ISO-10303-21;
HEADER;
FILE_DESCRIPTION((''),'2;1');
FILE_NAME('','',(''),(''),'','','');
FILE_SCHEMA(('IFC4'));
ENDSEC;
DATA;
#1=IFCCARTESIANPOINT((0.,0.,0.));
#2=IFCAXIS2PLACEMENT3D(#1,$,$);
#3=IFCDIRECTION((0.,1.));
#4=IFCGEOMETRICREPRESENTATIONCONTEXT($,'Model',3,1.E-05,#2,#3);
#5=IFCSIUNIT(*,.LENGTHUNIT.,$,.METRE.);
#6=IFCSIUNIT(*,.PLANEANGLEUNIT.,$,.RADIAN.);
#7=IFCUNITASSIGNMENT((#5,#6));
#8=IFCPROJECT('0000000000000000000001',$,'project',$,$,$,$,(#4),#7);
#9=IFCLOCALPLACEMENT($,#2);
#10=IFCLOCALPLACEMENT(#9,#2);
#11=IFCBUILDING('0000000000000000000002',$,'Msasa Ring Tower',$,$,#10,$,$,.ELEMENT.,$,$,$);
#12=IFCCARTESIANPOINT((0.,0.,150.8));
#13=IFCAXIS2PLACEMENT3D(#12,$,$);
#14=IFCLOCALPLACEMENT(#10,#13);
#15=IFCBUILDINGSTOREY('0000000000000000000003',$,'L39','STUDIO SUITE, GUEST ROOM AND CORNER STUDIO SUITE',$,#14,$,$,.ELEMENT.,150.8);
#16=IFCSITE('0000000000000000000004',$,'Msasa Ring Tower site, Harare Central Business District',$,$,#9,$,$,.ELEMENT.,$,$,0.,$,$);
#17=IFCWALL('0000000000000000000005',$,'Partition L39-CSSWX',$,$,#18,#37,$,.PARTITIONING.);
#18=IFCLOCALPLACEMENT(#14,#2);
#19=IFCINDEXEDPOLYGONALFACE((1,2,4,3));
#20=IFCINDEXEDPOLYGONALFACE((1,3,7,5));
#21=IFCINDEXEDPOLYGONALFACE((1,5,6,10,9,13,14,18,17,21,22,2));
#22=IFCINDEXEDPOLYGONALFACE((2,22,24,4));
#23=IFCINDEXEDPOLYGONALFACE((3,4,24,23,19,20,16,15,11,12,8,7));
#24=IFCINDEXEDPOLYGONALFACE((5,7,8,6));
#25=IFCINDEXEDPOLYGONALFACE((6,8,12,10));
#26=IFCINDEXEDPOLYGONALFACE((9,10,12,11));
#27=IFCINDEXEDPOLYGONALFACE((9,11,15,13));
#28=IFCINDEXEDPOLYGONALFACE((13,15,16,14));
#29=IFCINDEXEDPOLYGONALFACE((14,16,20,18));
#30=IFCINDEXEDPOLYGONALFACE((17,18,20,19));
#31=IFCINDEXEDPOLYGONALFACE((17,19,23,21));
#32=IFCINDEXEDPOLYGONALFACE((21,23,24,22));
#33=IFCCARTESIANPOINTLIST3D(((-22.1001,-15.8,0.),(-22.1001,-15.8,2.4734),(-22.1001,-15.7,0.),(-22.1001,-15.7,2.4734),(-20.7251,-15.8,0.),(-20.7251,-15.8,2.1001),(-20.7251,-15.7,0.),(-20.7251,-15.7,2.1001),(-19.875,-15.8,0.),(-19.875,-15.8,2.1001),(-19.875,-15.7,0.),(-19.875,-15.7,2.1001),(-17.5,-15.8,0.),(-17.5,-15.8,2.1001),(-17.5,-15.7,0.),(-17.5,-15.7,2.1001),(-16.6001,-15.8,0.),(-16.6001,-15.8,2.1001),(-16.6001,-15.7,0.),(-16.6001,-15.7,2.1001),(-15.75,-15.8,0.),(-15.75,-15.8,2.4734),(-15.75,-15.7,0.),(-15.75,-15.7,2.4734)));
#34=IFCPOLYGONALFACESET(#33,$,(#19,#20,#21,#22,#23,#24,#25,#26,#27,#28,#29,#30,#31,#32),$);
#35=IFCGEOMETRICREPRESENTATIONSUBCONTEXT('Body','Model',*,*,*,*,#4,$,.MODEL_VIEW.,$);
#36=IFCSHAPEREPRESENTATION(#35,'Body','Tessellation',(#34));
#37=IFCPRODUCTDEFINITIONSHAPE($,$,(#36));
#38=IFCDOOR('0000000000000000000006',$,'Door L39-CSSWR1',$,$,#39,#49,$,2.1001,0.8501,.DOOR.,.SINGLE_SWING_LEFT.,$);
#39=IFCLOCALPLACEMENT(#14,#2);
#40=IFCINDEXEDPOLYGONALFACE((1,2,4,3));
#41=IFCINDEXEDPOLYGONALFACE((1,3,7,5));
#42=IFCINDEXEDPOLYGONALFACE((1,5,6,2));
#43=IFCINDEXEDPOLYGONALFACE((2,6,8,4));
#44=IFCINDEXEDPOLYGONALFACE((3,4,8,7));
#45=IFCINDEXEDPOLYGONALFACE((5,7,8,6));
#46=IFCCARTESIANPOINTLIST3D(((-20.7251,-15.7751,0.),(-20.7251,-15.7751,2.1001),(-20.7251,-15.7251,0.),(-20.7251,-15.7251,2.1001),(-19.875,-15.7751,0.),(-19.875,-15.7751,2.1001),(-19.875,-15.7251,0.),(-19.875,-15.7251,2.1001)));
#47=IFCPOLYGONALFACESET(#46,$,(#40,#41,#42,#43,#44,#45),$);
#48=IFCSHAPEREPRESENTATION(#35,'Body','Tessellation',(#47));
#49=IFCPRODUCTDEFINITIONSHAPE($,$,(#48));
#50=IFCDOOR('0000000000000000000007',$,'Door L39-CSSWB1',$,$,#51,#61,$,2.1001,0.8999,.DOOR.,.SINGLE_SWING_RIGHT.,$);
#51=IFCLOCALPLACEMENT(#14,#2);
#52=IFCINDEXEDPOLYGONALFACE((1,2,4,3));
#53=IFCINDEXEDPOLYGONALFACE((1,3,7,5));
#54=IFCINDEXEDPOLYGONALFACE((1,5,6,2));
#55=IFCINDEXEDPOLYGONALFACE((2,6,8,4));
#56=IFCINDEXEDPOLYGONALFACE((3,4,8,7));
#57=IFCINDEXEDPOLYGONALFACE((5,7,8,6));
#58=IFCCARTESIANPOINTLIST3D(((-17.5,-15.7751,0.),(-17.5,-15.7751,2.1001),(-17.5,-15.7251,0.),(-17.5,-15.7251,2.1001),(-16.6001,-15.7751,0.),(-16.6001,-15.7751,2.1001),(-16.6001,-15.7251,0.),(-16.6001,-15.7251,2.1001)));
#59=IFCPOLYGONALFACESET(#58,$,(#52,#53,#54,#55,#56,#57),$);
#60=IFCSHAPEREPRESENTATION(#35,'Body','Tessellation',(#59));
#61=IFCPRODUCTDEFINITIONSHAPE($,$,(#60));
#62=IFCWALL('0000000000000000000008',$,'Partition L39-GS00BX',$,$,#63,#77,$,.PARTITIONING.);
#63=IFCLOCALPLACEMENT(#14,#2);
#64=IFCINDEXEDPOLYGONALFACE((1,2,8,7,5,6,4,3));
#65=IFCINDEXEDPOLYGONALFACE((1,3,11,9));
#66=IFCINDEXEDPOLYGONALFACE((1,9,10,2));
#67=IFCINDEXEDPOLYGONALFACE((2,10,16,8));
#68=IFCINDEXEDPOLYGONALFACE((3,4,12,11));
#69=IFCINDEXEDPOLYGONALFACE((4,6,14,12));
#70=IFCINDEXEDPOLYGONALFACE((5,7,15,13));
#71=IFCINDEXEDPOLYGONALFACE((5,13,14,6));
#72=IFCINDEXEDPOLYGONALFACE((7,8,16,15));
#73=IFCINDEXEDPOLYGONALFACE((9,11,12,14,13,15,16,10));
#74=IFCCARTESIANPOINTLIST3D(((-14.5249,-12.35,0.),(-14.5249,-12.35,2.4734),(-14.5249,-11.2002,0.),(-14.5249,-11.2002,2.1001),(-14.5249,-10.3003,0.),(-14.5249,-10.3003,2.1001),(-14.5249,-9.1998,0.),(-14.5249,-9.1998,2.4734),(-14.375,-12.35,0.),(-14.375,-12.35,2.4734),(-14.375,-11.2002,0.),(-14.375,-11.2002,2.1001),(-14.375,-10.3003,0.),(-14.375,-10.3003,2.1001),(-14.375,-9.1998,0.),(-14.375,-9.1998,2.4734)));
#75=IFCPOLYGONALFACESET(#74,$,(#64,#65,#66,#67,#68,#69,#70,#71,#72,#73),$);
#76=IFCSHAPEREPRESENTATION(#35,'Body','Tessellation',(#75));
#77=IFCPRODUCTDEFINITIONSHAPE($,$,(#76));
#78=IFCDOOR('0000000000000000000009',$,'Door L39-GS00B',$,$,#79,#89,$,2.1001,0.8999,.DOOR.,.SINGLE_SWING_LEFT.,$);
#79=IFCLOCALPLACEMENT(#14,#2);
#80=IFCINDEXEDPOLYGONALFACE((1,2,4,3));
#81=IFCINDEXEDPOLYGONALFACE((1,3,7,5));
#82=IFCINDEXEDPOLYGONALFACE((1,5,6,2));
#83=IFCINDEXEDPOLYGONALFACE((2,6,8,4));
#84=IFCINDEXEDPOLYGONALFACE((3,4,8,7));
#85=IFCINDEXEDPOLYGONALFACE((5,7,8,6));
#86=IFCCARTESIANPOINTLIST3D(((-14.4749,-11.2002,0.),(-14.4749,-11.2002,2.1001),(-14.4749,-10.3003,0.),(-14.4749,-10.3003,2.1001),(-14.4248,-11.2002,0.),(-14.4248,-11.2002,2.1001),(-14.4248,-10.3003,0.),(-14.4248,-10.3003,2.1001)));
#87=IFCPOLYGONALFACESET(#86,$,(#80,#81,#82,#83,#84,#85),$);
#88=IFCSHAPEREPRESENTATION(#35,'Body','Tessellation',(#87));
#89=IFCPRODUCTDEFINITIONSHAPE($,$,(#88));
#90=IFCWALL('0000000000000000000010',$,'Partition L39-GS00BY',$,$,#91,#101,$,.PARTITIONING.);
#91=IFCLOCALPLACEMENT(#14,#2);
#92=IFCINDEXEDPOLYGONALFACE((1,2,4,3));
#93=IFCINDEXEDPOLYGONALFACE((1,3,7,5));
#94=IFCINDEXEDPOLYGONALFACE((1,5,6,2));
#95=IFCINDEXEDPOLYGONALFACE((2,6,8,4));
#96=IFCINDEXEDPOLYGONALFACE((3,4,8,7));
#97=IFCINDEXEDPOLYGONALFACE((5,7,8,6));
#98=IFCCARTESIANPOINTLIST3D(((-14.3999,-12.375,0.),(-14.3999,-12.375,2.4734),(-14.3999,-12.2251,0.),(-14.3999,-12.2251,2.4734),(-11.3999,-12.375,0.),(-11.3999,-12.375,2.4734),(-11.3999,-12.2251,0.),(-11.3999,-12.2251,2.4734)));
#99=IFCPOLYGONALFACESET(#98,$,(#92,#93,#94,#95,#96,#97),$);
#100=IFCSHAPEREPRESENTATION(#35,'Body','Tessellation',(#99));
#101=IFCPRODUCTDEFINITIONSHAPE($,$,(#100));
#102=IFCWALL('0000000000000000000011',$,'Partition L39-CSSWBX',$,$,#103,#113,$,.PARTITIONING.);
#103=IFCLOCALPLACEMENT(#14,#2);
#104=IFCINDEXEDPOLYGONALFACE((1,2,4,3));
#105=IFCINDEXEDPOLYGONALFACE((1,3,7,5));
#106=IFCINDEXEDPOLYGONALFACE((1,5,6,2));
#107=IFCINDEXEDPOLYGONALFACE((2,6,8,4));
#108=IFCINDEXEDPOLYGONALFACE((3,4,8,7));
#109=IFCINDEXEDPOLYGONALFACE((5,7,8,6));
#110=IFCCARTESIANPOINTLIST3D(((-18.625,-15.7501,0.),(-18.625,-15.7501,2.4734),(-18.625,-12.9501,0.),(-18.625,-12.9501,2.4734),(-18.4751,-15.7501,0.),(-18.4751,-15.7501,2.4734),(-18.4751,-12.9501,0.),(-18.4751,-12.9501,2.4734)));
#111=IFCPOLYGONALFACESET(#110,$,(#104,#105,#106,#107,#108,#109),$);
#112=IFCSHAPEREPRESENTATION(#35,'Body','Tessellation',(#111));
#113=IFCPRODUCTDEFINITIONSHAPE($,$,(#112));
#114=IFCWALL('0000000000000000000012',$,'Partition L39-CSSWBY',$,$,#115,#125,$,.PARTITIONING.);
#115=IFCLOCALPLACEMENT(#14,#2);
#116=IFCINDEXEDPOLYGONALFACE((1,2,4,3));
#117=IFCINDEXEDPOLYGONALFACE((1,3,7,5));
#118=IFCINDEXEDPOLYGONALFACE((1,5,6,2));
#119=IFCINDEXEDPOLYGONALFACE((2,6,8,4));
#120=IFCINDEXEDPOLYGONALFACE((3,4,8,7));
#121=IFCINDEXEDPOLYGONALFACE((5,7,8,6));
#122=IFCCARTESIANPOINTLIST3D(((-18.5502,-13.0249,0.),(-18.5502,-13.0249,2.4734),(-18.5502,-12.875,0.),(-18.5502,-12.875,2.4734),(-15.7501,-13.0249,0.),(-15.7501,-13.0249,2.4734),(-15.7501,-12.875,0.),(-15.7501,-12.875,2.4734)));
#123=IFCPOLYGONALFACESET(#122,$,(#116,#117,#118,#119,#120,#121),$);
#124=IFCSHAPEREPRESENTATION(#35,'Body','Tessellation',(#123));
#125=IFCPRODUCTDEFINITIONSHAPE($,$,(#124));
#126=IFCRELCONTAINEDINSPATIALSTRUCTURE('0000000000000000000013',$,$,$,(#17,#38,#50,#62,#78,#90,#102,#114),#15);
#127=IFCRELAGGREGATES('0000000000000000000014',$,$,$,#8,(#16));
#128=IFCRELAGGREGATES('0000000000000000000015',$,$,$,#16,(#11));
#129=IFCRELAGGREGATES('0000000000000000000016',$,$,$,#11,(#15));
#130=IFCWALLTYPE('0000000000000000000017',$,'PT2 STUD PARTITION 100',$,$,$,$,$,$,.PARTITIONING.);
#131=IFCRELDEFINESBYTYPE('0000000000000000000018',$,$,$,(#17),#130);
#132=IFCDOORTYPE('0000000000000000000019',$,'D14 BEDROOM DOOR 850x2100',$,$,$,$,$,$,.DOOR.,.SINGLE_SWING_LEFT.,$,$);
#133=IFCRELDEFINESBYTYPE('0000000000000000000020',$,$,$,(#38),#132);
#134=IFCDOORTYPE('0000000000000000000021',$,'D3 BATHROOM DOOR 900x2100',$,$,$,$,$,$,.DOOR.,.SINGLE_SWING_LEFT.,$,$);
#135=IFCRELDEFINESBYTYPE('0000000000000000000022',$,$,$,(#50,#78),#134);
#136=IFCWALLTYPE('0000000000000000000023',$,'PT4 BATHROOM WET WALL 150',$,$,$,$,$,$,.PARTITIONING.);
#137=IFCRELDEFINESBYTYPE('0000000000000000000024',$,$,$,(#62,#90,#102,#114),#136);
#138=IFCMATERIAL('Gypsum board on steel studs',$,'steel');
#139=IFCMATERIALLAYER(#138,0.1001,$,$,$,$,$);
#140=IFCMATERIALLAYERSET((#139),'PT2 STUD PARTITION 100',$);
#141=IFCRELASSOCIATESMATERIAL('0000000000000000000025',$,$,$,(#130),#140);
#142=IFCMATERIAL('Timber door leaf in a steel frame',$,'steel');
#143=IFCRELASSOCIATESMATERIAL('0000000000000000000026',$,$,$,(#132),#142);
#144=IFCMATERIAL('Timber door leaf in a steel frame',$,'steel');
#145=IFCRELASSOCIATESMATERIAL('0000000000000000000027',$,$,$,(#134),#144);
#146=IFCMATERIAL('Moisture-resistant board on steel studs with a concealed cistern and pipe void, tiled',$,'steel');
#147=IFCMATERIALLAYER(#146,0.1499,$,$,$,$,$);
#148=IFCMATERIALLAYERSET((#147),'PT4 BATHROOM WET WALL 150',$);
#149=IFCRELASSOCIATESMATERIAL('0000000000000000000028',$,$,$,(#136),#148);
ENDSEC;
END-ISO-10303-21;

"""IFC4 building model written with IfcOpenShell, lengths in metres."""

from ifc_helpers import new_model, si_unit, direction, frame, frame_2d, origin, place, context, subcontext, project, spatial, rectangle, extrude, material, layer, layer_set, type_object, element, fill, save


model = new_model("IFC4")

# Units and contexts
model_context = context("Model", 3, precision=1e-05, world=origin(), true_north=direction((0.0, 1.0)))
body_context = subcontext(model_context, "Body", "Model", "MODEL_VIEW")
ifc_project = project(units=[si_unit("LENGTHUNIT", "METRE"), si_unit("PLANEANGLEUNIT", "RADIAN")], contexts=[model_context])

# Site, building, storey
site_placement = place(None, origin())
site = spatial("IfcSite", under=ifc_project, at=site_placement, Name="Msasa Ring Tower site, Harare Central Business District", CompositionType="ELEMENT", RefElevation=0.0)
building_placement = place(site_placement, origin())
building = spatial("IfcBuilding", under=site, at=building_placement, Name="Msasa Ring Tower", CompositionType="ELEMENT")
storey_placement = place(building_placement, frame((0.0, 0.0, 150.8)))
storey = spatial("IfcBuildingStorey", under=building, at=storey_placement, Name="L39", Description="STUDIO SUITE, GUEST ROOM AND CORNER STUDIO SUITE", CompositionType="ELEMENT", Elevation=150.8)

# Wall, openings, doors
ifc_material_1 = material(Name="Gypsum board on steel studs", Category="steel")
ifc_layer_1 = layer(ifc_material_1, 0.1001)
ifc_layer_set_1 = layer_set([ifc_layer_1], Name="PT2 STUD PARTITION 100")
wall_type_1 = type_object("IfcWallType", Name="PT2 STUD PARTITION 100", PredefinedType="PARTITIONING", material=ifc_layer_set_1)
wall_1_placement = place(storey_placement, frame((-22.1001, -15.75, 0.0), z_axis=(0.0, 0.0, 1.0), x_axis=(1.0, 0.0, 0.0)))
wall_1 = element("IfcWall", 1, at=wall_1_placement, inside=storey, type_object=wall_type_1, Name="Partition L39-CSSWX", PredefinedType="PARTITIONING", context=body_context, shape_type="SweptSolid", body=[
    extrude(rectangle(XDim=6.3501, YDim=0.1001, at=frame_2d((3.175, 0.0))), origin(), (0.0, 0.0, 1.0), 2.4734),
])
opening_1_placement = place(wall_1_placement, frame((1.375, 0.0, 0.0)))
opening_1 = element("IfcOpeningElement", 2, at=opening_1_placement, cuts=wall_1, PredefinedType="OPENING", context=body_context, shape_type="SweptSolid", body=[
    extrude(rectangle(XDim=0.8501, YDim=2.1001, at=frame_2d((0.425, 1.05))), frame((0.0, 0.0601, 0.0), z_axis=(0.0, -1.0, 0.0), x_axis=(1.0, 0.0, 0.0)), (0.0, 0.0, 1.0), 0.1201),
])
opening_2_placement = place(wall_1_placement, frame((4.6001, 0.0, 0.0)))
opening_2 = element("IfcOpeningElement", 3, at=opening_2_placement, cuts=wall_1, PredefinedType="OPENING", context=body_context, shape_type="SweptSolid", body=[
    extrude(rectangle(XDim=0.8999, YDim=2.1001, at=frame_2d((0.45, 1.05))), frame((0.0, 0.0601, 0.0), z_axis=(0.0, -1.0, 0.0), x_axis=(1.0, 0.0, 0.0)), (0.0, 0.0, 1.0), 0.1201),
])
ifc_material_2 = material(Name="Timber door leaf in a steel frame", Category="steel")
door_type_1 = type_object("IfcDoorType", Name="D14 BEDROOM DOOR 850x2100", OperationType="SINGLE_SWING_LEFT", PredefinedType="DOOR", material=ifc_material_2)
door_1_placement = place(opening_1_placement, origin())
door_1 = element("IfcDoor", 4, at=door_1_placement, inside=storey, type_object=door_type_1, Name="Door L39-CSSWR1", OperationType="SINGLE_SWING_LEFT", OverallHeight=2.1001, OverallWidth=0.8501, PredefinedType="DOOR", context=body_context, shape_type="SweptSolid", body=[
    extrude(rectangle(XDim=0.8501, YDim=2.1001, at=frame_2d((0.425, 1.05))), frame((0.0, 0.0249, 0.0), z_axis=(0.0, -1.0, 0.0), x_axis=(1.0, 0.0, 0.0)), (0.0, 0.0, 1.0), 0.05),
])
fill(opening_1, door_1)
ifc_material_3 = material(Name="Timber door leaf in a steel frame", Category="steel")
door_type_2 = type_object("IfcDoorType", Name="D3 BATHROOM DOOR 900x2100", OperationType="SINGLE_SWING_LEFT", PredefinedType="DOOR", material=ifc_material_3)
door_2_placement = place(opening_2_placement, origin())
door_2 = element("IfcDoor", 5, at=door_2_placement, inside=storey, type_object=door_type_2, Name="Door L39-CSSWB1", OperationType="SINGLE_SWING_RIGHT", OverallHeight=2.1001, OverallWidth=0.8999, PredefinedType="DOOR", context=body_context, shape_type="SweptSolid", body=[
    extrude(rectangle(XDim=0.8999, YDim=2.1001, at=frame_2d((0.45, 1.05))), frame((0.0, 0.0249, 0.0), z_axis=(0.0, -1.0, 0.0), x_axis=(1.0, 0.0, 0.0)), (0.0, 0.0, 1.0), 0.05),
])
fill(opening_2, door_2)

# Wall, opening, door
ifc_material_4 = material(Name="Moisture-resistant board on steel studs with a concealed cistern and pipe void, tiled", Category="steel")
ifc_layer_2 = layer(ifc_material_4, 0.1499)
ifc_layer_set_2 = layer_set([ifc_layer_2], Name="PT4 BATHROOM WET WALL 150")
wall_type_2 = type_object("IfcWallType", Name="PT4 BATHROOM WET WALL 150", PredefinedType="PARTITIONING", material=ifc_layer_set_2)
wall_2_placement = place(storey_placement, frame((-14.45, -12.3501, 0.0), z_axis=(0.0, 0.0, 1.0), x_axis=(0.0, 1.0, 0.0)))
wall_2 = element("IfcWall", 6, at=wall_2_placement, inside=storey, type_object=wall_type_2, Name="Partition L39-GS00BX", PredefinedType="PARTITIONING", context=body_context, shape_type="SweptSolid", body=[
    extrude(rectangle(XDim=3.1501, YDim=0.1499, at=frame_2d((1.5752, 0.0))), origin(), (0.0, 0.0, 1.0), 2.4734),
])
opening_3_placement = place(wall_2_placement, frame((1.1499, 0.0, 0.0)))
opening_3 = element("IfcOpeningElement", 7, at=opening_3_placement, cuts=wall_2, PredefinedType="OPENING", context=body_context, shape_type="SweptSolid", body=[
    extrude(rectangle(XDim=0.8999, YDim=2.1001, at=frame_2d((0.45, 1.05))), frame((0.0, 0.085, 0.0), z_axis=(0.0, -1.0, 0.0), x_axis=(1.0, 0.0, 0.0)), (0.0, 0.0, 1.0), 0.1699),
])
door_3_placement = place(opening_3_placement, origin())
door_3 = element("IfcDoor", 8, at=door_3_placement, inside=storey, type_object=door_type_2, Name="Door L39-GS00B", OperationType="SINGLE_SWING_LEFT", OverallHeight=2.1001, OverallWidth=0.8999, PredefinedType="DOOR", context=body_context, shape_type="SweptSolid", body=[
    extrude(rectangle(XDim=0.8999, YDim=2.1001, at=frame_2d((0.45, 1.05))), frame((0.0, 0.0249, 0.0), z_axis=(0.0, -1.0, 0.0), x_axis=(1.0, 0.0, 0.0)), (0.0, 0.0, 1.0), 0.05),
])
fill(opening_3, door_3)

# Walls
wall_3_placement = place(storey_placement, frame((-14.3999, -12.3, 0.0), z_axis=(0.0, 0.0, 1.0), x_axis=(1.0, 0.0, 0.0)))
element("IfcWall", 9, at=wall_3_placement, inside=storey, type_object=wall_type_2, Name="Partition L39-GS00BY", PredefinedType="PARTITIONING", context=body_context, shape_type="SweptSolid", body=[
    extrude(rectangle(XDim=3.0, YDim=0.1499, at=frame_2d((1.5, 0.0))), origin(), (0.0, 0.0, 1.0), 2.4734),
])
for number, where, z_axis, x_axis, name in (
    (10, (-18.55, -15.75, 0.0), (0.0, 0.0, 1.0), (0.0, 1.0, 0.0), "Partition L39-CSSWBX"),
    (11, (-18.55, -12.95, 0.0), (0.0, 0.0, 1.0), (1.0, 0.0, 0.0), "Partition L39-CSSWBY"),
):
    element("IfcWall", number, at=place(storey_placement, frame(where, z_axis=z_axis, x_axis=x_axis)), inside=storey, type_object=wall_type_2, Name=name, PredefinedType="PARTITIONING", context=body_context, shape_type="SweptSolid", body=[
        extrude(rectangle(XDim=2.8, YDim=0.1499, at=frame_2d((1.3999, 0.0))), origin(), (0.0, 0.0, 1.0), 2.4734),
    ])

save(model, "model.ifc")
